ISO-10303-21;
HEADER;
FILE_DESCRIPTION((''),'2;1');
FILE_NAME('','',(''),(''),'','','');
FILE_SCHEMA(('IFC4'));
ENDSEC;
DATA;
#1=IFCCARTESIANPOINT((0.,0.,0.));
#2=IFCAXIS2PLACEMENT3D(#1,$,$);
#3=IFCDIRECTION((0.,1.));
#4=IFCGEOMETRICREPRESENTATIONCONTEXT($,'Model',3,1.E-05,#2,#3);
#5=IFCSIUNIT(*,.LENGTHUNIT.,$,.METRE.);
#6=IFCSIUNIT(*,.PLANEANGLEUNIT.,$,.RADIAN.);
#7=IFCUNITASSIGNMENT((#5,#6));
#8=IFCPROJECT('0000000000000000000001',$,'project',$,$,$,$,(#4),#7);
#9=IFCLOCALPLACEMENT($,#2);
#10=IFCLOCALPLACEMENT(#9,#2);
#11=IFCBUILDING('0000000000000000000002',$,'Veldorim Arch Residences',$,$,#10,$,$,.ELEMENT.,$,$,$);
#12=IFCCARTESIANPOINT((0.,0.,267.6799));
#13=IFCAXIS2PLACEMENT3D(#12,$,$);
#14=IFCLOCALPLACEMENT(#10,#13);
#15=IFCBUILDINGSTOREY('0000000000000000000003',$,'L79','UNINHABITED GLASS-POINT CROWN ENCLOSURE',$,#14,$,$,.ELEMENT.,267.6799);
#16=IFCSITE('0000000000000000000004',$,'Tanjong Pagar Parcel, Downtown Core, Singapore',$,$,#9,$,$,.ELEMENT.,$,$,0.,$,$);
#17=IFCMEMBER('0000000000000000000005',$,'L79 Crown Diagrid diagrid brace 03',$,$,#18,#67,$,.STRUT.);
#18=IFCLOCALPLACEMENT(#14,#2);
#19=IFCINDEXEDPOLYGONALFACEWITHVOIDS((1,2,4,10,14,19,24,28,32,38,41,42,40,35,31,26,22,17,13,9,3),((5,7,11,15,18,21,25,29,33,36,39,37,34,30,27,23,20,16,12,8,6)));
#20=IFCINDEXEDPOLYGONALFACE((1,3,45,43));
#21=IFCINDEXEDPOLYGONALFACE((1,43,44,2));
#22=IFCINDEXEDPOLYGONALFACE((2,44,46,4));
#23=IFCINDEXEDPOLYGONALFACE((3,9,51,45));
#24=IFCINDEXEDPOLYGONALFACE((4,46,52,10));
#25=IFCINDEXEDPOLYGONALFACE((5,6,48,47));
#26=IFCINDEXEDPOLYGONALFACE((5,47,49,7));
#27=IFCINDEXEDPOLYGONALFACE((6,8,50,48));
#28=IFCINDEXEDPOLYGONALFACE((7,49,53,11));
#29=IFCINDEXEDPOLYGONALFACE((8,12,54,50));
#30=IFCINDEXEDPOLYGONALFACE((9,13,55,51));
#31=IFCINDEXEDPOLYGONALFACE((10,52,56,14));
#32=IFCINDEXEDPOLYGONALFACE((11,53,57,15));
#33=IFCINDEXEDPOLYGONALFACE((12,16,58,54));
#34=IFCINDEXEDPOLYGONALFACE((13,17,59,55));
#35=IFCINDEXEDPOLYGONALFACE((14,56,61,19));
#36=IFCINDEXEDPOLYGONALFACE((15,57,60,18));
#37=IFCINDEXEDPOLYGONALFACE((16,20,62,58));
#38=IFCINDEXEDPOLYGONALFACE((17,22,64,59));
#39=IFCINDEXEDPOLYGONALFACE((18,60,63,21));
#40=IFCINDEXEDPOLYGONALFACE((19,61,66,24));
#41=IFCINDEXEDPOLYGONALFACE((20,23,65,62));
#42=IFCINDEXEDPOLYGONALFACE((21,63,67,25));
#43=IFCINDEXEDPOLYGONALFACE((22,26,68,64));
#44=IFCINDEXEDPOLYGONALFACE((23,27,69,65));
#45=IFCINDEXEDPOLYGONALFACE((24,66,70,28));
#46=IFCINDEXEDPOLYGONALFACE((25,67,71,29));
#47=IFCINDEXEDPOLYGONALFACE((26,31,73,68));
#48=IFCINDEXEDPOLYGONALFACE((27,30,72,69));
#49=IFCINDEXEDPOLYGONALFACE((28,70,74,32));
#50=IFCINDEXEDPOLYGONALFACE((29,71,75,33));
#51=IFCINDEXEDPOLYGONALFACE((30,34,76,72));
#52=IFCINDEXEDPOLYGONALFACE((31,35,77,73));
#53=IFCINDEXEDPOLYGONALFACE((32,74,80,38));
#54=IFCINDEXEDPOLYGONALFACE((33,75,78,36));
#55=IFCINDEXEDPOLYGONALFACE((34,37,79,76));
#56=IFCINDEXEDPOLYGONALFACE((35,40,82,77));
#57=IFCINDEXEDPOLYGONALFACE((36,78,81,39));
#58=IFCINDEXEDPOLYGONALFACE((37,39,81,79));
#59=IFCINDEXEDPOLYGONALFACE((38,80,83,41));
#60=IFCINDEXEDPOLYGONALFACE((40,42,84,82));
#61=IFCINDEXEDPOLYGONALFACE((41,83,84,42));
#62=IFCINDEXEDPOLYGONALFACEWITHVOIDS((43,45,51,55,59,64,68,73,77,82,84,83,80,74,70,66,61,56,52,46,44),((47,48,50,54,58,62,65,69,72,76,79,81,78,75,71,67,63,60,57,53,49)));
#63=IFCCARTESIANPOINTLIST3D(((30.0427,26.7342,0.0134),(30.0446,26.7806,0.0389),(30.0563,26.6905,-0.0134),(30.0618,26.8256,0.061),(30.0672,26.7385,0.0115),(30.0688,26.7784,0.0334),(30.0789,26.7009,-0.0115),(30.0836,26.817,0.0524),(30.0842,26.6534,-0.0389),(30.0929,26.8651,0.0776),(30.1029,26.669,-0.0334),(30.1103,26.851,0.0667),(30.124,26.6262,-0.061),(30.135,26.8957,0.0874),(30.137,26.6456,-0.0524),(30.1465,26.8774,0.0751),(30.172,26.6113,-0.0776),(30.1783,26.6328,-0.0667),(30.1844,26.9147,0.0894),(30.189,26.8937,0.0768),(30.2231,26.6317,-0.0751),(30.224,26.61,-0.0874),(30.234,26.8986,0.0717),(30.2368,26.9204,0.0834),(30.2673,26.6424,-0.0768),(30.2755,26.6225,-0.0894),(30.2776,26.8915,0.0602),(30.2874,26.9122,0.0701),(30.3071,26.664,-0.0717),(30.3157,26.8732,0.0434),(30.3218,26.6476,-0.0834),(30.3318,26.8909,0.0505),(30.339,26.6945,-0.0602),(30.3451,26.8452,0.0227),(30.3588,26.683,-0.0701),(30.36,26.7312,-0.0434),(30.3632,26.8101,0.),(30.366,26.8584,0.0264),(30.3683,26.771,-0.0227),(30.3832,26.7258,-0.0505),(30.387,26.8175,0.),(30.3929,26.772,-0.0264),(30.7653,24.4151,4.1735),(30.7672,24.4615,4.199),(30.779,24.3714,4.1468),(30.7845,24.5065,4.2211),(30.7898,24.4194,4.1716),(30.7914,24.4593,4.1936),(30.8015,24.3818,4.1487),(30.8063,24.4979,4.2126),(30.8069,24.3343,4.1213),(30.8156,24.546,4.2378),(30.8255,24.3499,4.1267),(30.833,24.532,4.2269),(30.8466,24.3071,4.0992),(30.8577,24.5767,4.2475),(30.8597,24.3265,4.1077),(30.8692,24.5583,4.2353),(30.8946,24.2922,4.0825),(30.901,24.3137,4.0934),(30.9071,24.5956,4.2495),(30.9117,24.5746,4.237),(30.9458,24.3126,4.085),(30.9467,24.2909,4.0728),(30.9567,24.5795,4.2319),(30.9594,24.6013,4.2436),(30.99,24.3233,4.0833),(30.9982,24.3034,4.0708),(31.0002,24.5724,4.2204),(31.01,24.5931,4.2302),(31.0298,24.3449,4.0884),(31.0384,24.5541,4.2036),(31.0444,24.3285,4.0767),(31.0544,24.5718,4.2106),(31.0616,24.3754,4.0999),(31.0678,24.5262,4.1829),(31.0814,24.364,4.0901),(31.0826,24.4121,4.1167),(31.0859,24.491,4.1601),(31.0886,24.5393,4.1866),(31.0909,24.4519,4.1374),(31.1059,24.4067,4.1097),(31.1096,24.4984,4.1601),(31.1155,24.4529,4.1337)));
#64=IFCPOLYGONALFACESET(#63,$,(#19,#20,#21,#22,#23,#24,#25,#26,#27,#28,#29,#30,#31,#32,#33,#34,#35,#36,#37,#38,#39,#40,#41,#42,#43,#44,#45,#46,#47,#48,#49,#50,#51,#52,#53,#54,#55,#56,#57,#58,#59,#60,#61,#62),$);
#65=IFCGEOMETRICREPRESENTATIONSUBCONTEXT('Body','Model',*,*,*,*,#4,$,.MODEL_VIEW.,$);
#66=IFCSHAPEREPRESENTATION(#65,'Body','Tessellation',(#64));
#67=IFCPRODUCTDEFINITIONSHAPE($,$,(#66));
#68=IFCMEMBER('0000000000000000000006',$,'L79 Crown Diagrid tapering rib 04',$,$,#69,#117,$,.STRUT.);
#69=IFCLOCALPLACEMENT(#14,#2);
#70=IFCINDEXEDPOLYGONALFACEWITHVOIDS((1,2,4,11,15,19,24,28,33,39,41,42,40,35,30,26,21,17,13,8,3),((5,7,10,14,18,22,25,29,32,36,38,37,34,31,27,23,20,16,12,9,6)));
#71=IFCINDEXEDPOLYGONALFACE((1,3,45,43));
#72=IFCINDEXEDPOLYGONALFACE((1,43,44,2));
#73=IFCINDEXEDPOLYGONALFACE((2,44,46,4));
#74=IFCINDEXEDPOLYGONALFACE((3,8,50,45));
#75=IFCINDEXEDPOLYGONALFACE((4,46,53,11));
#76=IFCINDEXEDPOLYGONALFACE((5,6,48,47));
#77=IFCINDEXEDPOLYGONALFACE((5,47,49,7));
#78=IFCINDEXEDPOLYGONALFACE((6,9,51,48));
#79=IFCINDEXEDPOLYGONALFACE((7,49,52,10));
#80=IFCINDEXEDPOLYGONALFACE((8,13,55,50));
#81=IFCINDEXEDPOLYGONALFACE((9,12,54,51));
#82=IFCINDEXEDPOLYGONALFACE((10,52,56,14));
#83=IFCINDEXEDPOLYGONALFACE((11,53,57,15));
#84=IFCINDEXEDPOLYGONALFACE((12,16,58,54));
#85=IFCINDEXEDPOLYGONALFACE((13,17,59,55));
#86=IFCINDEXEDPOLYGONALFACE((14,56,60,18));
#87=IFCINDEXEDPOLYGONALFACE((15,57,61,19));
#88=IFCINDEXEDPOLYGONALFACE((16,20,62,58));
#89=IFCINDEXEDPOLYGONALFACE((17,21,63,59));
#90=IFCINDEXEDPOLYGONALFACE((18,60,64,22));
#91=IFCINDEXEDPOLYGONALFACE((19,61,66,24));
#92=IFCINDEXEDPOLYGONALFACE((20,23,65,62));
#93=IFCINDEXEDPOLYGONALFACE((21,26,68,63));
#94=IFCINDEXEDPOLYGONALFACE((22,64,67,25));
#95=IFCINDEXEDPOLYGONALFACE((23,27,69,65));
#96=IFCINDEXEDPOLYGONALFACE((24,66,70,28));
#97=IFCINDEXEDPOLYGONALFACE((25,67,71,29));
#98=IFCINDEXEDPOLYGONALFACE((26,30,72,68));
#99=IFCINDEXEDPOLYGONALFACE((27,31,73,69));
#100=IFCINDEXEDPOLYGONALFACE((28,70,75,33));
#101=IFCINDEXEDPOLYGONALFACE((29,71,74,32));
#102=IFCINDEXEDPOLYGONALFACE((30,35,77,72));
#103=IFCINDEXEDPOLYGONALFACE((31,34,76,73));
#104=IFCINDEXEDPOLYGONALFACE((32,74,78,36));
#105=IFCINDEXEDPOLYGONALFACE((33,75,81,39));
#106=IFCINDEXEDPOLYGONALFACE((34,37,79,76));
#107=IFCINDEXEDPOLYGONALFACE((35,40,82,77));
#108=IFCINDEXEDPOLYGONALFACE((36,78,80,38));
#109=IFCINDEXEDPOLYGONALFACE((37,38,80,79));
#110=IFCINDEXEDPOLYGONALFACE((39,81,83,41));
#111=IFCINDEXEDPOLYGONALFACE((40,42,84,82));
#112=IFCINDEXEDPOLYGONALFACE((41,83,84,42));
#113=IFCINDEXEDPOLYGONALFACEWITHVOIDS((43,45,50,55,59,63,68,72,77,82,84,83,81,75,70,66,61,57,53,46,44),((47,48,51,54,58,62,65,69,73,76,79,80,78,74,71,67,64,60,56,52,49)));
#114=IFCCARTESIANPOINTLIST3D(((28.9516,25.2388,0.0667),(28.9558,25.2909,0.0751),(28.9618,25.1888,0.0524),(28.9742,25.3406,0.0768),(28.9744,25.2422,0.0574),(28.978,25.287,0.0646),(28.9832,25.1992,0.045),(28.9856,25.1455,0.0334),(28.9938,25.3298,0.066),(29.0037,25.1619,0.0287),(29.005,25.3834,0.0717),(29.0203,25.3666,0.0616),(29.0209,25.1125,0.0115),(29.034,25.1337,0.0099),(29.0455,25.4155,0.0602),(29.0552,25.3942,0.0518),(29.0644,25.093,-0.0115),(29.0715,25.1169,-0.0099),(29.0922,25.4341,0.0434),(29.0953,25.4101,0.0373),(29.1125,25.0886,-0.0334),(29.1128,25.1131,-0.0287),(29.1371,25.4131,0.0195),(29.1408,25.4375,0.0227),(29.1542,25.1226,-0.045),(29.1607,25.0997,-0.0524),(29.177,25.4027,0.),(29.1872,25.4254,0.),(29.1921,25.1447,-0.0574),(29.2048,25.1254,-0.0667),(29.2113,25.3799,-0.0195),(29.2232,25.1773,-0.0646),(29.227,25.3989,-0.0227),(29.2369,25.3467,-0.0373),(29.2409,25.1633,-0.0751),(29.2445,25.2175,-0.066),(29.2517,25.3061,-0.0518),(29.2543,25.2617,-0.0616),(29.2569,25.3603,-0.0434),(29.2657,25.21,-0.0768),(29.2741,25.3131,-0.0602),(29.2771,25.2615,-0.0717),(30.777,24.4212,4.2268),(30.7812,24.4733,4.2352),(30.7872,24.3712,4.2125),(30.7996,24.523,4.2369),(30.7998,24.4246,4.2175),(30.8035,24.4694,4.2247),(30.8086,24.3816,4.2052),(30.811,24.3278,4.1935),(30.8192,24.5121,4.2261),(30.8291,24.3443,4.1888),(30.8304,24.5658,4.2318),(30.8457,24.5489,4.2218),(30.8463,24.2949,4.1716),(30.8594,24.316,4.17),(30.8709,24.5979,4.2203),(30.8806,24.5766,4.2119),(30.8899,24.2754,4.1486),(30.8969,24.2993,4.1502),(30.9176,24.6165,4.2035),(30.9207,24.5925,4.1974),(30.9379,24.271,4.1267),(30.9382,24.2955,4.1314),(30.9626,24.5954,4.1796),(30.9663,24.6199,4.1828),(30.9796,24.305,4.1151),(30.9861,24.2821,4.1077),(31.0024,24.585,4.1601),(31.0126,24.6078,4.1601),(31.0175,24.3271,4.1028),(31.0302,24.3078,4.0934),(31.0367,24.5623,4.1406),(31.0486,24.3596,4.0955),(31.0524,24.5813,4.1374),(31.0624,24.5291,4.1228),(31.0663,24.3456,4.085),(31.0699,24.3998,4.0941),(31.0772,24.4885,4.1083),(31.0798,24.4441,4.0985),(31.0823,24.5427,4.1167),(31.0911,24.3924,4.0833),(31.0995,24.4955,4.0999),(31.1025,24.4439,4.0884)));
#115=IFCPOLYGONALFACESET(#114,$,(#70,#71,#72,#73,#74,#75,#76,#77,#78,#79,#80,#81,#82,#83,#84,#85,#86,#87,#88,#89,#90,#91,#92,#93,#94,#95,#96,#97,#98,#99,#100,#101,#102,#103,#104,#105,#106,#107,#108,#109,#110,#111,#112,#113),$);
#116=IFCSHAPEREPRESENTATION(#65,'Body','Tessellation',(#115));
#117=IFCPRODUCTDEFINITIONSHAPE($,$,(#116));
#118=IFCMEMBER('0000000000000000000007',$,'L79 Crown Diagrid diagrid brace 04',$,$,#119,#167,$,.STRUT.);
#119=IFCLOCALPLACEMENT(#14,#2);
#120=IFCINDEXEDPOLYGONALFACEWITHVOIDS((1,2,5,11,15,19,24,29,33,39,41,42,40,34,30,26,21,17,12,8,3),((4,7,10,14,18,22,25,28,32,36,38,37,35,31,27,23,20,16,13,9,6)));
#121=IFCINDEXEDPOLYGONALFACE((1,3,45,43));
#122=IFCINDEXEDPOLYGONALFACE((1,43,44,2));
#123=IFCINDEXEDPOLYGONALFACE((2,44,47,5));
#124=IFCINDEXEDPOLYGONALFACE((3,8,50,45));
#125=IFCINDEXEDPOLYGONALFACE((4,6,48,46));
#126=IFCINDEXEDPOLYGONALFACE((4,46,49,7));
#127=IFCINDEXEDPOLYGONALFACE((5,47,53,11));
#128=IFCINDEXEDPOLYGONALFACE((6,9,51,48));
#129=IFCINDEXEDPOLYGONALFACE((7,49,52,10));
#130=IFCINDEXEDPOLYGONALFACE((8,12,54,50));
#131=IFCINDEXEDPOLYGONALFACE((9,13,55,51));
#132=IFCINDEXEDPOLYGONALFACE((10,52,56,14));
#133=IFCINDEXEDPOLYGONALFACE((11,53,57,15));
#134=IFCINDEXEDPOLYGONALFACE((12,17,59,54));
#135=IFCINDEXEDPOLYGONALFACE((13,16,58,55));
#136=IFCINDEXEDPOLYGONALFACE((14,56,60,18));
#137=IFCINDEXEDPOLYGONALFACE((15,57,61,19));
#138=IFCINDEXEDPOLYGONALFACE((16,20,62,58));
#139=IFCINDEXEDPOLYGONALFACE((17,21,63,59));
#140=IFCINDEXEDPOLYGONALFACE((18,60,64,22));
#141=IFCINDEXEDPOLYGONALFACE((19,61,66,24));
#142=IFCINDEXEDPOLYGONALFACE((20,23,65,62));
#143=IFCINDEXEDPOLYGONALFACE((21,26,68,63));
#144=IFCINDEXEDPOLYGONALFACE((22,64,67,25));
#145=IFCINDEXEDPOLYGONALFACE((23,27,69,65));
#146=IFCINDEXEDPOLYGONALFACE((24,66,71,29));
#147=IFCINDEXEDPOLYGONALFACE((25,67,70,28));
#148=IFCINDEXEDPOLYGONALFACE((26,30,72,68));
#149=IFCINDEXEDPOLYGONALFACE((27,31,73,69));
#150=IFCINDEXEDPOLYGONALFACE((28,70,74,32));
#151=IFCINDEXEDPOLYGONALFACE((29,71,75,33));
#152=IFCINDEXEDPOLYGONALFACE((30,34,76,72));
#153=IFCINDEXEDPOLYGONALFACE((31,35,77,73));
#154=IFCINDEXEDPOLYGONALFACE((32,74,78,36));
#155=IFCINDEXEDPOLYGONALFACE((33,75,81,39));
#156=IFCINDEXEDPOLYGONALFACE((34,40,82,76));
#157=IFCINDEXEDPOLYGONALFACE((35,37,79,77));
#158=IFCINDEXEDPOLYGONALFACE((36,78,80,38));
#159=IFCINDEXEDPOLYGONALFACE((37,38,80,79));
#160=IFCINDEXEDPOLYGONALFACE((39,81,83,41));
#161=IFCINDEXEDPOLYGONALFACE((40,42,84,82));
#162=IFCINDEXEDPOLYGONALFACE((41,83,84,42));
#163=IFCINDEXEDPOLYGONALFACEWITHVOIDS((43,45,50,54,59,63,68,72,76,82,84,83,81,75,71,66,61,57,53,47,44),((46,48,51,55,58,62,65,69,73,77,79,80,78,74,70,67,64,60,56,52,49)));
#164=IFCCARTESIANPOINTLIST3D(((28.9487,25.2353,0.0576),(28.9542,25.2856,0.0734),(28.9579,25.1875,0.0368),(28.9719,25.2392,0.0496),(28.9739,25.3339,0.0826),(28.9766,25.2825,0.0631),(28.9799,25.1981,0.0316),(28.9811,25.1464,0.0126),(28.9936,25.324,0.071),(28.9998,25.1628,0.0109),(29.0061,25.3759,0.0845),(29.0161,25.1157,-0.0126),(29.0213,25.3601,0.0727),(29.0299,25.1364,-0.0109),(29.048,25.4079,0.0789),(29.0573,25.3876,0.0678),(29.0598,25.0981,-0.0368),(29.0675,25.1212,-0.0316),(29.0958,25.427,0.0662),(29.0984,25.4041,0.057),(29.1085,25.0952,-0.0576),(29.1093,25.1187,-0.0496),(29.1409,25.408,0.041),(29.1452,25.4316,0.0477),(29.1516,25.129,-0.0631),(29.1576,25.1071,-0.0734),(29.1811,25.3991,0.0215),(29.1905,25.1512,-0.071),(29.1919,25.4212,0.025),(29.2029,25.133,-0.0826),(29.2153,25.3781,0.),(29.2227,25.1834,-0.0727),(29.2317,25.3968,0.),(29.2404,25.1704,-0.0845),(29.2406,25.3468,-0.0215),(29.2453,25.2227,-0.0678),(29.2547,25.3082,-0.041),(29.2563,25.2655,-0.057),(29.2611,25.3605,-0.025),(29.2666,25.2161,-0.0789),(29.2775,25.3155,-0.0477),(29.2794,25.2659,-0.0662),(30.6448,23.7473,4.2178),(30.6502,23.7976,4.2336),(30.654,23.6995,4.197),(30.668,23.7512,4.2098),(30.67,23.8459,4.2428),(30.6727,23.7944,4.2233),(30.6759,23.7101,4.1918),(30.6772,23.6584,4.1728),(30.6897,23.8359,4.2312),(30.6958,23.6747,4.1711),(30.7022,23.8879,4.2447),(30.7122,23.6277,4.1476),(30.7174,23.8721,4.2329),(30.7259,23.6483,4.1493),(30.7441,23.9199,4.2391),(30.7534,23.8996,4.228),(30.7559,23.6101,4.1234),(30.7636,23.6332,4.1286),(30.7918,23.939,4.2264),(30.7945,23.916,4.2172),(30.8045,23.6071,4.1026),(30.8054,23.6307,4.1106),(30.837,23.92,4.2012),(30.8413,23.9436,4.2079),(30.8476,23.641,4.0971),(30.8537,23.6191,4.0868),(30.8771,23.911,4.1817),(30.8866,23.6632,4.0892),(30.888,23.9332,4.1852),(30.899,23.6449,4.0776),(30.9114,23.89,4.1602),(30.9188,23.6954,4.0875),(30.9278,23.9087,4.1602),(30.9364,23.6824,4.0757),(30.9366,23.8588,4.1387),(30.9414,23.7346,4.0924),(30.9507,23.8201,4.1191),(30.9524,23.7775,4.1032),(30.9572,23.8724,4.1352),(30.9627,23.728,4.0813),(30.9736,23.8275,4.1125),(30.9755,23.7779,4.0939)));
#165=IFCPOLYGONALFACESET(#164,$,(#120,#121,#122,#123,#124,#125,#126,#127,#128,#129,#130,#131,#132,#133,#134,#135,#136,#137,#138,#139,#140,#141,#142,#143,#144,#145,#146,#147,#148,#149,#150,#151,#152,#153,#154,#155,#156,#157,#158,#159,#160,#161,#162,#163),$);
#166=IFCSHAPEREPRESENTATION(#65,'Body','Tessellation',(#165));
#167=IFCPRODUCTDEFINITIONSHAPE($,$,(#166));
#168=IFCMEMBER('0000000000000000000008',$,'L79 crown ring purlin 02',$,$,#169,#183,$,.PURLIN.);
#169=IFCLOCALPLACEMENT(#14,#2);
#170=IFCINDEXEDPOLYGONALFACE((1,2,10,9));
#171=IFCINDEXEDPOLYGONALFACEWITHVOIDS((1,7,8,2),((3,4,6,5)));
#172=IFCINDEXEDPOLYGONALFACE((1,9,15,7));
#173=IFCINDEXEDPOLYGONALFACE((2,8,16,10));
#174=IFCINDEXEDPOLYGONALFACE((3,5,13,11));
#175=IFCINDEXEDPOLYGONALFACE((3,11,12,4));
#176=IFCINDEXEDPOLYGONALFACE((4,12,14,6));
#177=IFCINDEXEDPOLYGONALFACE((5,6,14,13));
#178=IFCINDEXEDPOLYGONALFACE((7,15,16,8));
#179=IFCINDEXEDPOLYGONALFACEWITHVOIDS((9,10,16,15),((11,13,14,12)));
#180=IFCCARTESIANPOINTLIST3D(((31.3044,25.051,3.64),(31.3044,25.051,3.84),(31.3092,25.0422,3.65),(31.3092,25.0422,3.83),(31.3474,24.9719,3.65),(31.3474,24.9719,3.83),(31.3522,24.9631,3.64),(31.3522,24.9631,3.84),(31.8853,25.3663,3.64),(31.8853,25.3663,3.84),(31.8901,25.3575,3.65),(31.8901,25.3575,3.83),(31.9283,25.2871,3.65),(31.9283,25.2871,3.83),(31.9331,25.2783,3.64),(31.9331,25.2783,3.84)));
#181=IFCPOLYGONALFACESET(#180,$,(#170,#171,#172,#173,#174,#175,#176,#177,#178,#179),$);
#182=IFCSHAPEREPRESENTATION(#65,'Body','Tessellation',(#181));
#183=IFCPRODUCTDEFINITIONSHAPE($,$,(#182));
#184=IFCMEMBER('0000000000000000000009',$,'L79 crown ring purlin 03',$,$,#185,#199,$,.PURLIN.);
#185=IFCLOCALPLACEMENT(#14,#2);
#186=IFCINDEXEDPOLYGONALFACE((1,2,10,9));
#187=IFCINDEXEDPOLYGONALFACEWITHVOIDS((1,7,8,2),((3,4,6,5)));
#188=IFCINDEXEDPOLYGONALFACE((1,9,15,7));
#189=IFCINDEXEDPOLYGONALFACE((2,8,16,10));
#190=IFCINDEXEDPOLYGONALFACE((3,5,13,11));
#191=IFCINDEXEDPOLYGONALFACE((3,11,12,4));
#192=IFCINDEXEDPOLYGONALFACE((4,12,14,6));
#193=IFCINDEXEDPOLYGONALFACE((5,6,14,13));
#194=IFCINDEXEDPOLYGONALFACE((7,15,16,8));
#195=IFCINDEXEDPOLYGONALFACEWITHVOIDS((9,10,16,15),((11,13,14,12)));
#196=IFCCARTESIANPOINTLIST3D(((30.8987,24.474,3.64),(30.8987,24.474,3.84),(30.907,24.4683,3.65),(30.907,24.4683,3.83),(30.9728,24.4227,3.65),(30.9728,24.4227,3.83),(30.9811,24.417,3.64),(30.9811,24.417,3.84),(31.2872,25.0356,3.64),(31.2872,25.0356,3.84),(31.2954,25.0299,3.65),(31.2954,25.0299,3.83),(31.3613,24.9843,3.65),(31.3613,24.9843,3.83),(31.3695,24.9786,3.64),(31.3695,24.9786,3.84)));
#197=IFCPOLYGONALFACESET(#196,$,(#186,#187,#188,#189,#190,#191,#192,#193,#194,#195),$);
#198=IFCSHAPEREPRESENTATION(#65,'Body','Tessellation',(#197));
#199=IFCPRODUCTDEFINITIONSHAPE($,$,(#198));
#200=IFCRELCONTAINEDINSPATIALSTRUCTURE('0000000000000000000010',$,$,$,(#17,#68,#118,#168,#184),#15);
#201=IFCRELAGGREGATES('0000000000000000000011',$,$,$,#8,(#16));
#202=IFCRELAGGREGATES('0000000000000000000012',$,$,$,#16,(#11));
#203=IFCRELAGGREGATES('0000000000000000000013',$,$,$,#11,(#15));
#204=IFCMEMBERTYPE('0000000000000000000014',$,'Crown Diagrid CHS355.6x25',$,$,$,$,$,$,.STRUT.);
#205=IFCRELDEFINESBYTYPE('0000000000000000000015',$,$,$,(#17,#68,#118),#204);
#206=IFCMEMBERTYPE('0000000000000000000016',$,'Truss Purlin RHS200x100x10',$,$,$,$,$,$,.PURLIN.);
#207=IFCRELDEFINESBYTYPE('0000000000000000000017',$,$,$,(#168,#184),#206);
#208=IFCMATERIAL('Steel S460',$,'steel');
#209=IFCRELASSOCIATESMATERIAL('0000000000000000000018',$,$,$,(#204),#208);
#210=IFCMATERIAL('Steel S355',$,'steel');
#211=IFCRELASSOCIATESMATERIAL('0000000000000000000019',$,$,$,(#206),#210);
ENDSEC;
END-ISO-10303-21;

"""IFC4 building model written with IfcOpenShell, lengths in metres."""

from ifc_helpers import new_model, si_unit, direction, frame, origin, origin_2d, place, context, subcontext, project, spatial, hollow_rectangle, hollow_circle, extrude, material, material_profile, profile_set, type_object, element, save


model = new_model("IFC4")

# Units and contexts
model_context = context("Model", 3, precision=1e-05, world=origin(), true_north=direction((0.0, 1.0)))
body_context = subcontext(model_context, "Body", "Model", "MODEL_VIEW")
ifc_project = project(units=[si_unit("LENGTHUNIT", "METRE"), si_unit("PLANEANGLEUNIT", "RADIAN")], contexts=[model_context])

# Site, building, storey
site_placement = place(None, origin())
site = spatial("IfcSite", under=ifc_project, at=site_placement, Name="Tanjong Pagar Parcel, Downtown Core, Singapore", CompositionType="ELEMENT", RefElevation=0.0)
building_placement = place(site_placement, origin())
building = spatial("IfcBuilding", under=site, at=building_placement, Name="Veldorim Arch Residences", CompositionType="ELEMENT")
storey_placement = place(building_placement, frame((0.0, 0.0, 267.6799)))
storey = spatial("IfcBuildingStorey", under=building, at=storey_placement, Name="L79", Description="UNINHABITED GLASS-POINT CROWN ENCLOSURE", CompositionType="ELEMENT", Elevation=267.6799)

# Members
ifc_material_1 = material(Name="Steel S460", Category="steel")
ifc_material_profile_1 = material_profile(ifc_material_1, hollow_circle(Radius=0.1777, WallThickness=0.0249, at=origin_2d()), Name="CHS355.6x25")
ifc_profile_set_1 = profile_set([ifc_material_profile_1], Name="Steel S460")
member_type_1 = type_object("IfcMemberType", Name="Crown Diagrid CHS355.6x25", PredefinedType="STRUT", material=ifc_profile_set_1)
member_1_placement = place(storey_placement, frame((30.2173, 26.7646, 0.0), z_axis=(0.15001, -0.481399, 0.863569), x_axis=(0.954721, 0.297502, 0.0)))
element("IfcMember", 1, at=member_1_placement, inside=storey, type_object=member_type_1, Name="L79 Crown Diagrid diagrid brace 03", PredefinedType="STRUT", context=body_context, shape_type="SweptSolid", body=[
    extrude(hollow_circle(Radius=0.1777, WallThickness=0.0249, at=origin_2d()), origin(), (0.0, 0.0, 1.0), 4.8174),
])
member_2_placement = place(storey_placement, frame((29.1145, 25.2632, 0.0), z_axis=(0.395457, -0.177128, 0.901243), x_axis=(0.408776, 0.912635, 0.0)))
element("IfcMember", 2, at=member_2_placement, inside=storey, type_object=member_type_1, Name="L79 Crown Diagrid tapering rib 04", PredefinedType="STRUT", context=body_context, shape_type="SweptSolid", body=[
    extrude(hollow_circle(Radius=0.1777, WallThickness=0.0249, at=origin_2d()), origin(), (0.0, 0.0, 1.0), 4.616),
])
member_3_placement = place(storey_placement, frame((29.1145, 25.2632, 0.0), z_axis=(0.358373, -0.314421, 0.879038), x_axis=(0.659508, 0.751698, 0.0)))
element("IfcMember", 3, at=member_3_placement, inside=storey, type_object=member_type_1, Name="L79 Crown Diagrid diagrid brace 04", PredefinedType="STRUT", context=body_context, shape_type="SweptSolid", body=[
    extrude(hollow_circle(Radius=0.1777, WallThickness=0.0249, at=origin_2d()), origin(), (0.0, 0.0, 1.0), 4.7327),
])
ifc_material_2 = material(Name="Steel S355", Category="steel")
ifc_material_profile_2 = material_profile(ifc_material_2, hollow_rectangle(XDim=0.1001, YDim=0.2, WallThickness=0.01, at=origin_2d()), Name="RHS200x100x10")
ifc_profile_set_2 = profile_set([ifc_material_profile_2], Name="Steel S355")
member_type_2 = type_object("IfcMemberType", Name="Truss Purlin RHS200x100x10", PredefinedType="PURLIN", material=ifc_profile_set_2)
member_4_placement = place(storey_placement, frame((31.9092, 25.3223, 3.74), z_axis=(-0.878924, -0.476961, 0.0), x_axis=(0.476961, -0.878924, 0.0)))
element("IfcMember", 4, at=member_4_placement, inside=storey, type_object=member_type_2, Name="L79 crown ring purlin 02", PredefinedType="PURLIN", context=body_context, shape_type="SweptSolid", body=[
    extrude(hollow_rectangle(XDim=0.1001, YDim=0.2, WallThickness=0.01, at=origin_2d()), origin(), (0.0, 0.0, 1.0), 0.6609),
])
for number, where, z_axis, x_axis, name in (
    (5, (31.3284, 25.0071, 3.74), (-0.568894, -0.822411, 0.0), (0.822411, -0.568894, 0.0), "L79 crown ring purlin 03"),
):
    element("IfcMember", number, at=place(storey_placement, frame(where, z_axis=z_axis, x_axis=x_axis)), inside=storey, type_object=member_type_2, Name=name, PredefinedType="PURLIN", context=body_context, shape_type="SweptSolid", body=[
        extrude(hollow_rectangle(XDim=0.1001, YDim=0.2, WallThickness=0.01, at=origin_2d()), origin(), (0.0, 0.0, 1.0), 0.6829),
    ])

save(model, "model.ifc")
